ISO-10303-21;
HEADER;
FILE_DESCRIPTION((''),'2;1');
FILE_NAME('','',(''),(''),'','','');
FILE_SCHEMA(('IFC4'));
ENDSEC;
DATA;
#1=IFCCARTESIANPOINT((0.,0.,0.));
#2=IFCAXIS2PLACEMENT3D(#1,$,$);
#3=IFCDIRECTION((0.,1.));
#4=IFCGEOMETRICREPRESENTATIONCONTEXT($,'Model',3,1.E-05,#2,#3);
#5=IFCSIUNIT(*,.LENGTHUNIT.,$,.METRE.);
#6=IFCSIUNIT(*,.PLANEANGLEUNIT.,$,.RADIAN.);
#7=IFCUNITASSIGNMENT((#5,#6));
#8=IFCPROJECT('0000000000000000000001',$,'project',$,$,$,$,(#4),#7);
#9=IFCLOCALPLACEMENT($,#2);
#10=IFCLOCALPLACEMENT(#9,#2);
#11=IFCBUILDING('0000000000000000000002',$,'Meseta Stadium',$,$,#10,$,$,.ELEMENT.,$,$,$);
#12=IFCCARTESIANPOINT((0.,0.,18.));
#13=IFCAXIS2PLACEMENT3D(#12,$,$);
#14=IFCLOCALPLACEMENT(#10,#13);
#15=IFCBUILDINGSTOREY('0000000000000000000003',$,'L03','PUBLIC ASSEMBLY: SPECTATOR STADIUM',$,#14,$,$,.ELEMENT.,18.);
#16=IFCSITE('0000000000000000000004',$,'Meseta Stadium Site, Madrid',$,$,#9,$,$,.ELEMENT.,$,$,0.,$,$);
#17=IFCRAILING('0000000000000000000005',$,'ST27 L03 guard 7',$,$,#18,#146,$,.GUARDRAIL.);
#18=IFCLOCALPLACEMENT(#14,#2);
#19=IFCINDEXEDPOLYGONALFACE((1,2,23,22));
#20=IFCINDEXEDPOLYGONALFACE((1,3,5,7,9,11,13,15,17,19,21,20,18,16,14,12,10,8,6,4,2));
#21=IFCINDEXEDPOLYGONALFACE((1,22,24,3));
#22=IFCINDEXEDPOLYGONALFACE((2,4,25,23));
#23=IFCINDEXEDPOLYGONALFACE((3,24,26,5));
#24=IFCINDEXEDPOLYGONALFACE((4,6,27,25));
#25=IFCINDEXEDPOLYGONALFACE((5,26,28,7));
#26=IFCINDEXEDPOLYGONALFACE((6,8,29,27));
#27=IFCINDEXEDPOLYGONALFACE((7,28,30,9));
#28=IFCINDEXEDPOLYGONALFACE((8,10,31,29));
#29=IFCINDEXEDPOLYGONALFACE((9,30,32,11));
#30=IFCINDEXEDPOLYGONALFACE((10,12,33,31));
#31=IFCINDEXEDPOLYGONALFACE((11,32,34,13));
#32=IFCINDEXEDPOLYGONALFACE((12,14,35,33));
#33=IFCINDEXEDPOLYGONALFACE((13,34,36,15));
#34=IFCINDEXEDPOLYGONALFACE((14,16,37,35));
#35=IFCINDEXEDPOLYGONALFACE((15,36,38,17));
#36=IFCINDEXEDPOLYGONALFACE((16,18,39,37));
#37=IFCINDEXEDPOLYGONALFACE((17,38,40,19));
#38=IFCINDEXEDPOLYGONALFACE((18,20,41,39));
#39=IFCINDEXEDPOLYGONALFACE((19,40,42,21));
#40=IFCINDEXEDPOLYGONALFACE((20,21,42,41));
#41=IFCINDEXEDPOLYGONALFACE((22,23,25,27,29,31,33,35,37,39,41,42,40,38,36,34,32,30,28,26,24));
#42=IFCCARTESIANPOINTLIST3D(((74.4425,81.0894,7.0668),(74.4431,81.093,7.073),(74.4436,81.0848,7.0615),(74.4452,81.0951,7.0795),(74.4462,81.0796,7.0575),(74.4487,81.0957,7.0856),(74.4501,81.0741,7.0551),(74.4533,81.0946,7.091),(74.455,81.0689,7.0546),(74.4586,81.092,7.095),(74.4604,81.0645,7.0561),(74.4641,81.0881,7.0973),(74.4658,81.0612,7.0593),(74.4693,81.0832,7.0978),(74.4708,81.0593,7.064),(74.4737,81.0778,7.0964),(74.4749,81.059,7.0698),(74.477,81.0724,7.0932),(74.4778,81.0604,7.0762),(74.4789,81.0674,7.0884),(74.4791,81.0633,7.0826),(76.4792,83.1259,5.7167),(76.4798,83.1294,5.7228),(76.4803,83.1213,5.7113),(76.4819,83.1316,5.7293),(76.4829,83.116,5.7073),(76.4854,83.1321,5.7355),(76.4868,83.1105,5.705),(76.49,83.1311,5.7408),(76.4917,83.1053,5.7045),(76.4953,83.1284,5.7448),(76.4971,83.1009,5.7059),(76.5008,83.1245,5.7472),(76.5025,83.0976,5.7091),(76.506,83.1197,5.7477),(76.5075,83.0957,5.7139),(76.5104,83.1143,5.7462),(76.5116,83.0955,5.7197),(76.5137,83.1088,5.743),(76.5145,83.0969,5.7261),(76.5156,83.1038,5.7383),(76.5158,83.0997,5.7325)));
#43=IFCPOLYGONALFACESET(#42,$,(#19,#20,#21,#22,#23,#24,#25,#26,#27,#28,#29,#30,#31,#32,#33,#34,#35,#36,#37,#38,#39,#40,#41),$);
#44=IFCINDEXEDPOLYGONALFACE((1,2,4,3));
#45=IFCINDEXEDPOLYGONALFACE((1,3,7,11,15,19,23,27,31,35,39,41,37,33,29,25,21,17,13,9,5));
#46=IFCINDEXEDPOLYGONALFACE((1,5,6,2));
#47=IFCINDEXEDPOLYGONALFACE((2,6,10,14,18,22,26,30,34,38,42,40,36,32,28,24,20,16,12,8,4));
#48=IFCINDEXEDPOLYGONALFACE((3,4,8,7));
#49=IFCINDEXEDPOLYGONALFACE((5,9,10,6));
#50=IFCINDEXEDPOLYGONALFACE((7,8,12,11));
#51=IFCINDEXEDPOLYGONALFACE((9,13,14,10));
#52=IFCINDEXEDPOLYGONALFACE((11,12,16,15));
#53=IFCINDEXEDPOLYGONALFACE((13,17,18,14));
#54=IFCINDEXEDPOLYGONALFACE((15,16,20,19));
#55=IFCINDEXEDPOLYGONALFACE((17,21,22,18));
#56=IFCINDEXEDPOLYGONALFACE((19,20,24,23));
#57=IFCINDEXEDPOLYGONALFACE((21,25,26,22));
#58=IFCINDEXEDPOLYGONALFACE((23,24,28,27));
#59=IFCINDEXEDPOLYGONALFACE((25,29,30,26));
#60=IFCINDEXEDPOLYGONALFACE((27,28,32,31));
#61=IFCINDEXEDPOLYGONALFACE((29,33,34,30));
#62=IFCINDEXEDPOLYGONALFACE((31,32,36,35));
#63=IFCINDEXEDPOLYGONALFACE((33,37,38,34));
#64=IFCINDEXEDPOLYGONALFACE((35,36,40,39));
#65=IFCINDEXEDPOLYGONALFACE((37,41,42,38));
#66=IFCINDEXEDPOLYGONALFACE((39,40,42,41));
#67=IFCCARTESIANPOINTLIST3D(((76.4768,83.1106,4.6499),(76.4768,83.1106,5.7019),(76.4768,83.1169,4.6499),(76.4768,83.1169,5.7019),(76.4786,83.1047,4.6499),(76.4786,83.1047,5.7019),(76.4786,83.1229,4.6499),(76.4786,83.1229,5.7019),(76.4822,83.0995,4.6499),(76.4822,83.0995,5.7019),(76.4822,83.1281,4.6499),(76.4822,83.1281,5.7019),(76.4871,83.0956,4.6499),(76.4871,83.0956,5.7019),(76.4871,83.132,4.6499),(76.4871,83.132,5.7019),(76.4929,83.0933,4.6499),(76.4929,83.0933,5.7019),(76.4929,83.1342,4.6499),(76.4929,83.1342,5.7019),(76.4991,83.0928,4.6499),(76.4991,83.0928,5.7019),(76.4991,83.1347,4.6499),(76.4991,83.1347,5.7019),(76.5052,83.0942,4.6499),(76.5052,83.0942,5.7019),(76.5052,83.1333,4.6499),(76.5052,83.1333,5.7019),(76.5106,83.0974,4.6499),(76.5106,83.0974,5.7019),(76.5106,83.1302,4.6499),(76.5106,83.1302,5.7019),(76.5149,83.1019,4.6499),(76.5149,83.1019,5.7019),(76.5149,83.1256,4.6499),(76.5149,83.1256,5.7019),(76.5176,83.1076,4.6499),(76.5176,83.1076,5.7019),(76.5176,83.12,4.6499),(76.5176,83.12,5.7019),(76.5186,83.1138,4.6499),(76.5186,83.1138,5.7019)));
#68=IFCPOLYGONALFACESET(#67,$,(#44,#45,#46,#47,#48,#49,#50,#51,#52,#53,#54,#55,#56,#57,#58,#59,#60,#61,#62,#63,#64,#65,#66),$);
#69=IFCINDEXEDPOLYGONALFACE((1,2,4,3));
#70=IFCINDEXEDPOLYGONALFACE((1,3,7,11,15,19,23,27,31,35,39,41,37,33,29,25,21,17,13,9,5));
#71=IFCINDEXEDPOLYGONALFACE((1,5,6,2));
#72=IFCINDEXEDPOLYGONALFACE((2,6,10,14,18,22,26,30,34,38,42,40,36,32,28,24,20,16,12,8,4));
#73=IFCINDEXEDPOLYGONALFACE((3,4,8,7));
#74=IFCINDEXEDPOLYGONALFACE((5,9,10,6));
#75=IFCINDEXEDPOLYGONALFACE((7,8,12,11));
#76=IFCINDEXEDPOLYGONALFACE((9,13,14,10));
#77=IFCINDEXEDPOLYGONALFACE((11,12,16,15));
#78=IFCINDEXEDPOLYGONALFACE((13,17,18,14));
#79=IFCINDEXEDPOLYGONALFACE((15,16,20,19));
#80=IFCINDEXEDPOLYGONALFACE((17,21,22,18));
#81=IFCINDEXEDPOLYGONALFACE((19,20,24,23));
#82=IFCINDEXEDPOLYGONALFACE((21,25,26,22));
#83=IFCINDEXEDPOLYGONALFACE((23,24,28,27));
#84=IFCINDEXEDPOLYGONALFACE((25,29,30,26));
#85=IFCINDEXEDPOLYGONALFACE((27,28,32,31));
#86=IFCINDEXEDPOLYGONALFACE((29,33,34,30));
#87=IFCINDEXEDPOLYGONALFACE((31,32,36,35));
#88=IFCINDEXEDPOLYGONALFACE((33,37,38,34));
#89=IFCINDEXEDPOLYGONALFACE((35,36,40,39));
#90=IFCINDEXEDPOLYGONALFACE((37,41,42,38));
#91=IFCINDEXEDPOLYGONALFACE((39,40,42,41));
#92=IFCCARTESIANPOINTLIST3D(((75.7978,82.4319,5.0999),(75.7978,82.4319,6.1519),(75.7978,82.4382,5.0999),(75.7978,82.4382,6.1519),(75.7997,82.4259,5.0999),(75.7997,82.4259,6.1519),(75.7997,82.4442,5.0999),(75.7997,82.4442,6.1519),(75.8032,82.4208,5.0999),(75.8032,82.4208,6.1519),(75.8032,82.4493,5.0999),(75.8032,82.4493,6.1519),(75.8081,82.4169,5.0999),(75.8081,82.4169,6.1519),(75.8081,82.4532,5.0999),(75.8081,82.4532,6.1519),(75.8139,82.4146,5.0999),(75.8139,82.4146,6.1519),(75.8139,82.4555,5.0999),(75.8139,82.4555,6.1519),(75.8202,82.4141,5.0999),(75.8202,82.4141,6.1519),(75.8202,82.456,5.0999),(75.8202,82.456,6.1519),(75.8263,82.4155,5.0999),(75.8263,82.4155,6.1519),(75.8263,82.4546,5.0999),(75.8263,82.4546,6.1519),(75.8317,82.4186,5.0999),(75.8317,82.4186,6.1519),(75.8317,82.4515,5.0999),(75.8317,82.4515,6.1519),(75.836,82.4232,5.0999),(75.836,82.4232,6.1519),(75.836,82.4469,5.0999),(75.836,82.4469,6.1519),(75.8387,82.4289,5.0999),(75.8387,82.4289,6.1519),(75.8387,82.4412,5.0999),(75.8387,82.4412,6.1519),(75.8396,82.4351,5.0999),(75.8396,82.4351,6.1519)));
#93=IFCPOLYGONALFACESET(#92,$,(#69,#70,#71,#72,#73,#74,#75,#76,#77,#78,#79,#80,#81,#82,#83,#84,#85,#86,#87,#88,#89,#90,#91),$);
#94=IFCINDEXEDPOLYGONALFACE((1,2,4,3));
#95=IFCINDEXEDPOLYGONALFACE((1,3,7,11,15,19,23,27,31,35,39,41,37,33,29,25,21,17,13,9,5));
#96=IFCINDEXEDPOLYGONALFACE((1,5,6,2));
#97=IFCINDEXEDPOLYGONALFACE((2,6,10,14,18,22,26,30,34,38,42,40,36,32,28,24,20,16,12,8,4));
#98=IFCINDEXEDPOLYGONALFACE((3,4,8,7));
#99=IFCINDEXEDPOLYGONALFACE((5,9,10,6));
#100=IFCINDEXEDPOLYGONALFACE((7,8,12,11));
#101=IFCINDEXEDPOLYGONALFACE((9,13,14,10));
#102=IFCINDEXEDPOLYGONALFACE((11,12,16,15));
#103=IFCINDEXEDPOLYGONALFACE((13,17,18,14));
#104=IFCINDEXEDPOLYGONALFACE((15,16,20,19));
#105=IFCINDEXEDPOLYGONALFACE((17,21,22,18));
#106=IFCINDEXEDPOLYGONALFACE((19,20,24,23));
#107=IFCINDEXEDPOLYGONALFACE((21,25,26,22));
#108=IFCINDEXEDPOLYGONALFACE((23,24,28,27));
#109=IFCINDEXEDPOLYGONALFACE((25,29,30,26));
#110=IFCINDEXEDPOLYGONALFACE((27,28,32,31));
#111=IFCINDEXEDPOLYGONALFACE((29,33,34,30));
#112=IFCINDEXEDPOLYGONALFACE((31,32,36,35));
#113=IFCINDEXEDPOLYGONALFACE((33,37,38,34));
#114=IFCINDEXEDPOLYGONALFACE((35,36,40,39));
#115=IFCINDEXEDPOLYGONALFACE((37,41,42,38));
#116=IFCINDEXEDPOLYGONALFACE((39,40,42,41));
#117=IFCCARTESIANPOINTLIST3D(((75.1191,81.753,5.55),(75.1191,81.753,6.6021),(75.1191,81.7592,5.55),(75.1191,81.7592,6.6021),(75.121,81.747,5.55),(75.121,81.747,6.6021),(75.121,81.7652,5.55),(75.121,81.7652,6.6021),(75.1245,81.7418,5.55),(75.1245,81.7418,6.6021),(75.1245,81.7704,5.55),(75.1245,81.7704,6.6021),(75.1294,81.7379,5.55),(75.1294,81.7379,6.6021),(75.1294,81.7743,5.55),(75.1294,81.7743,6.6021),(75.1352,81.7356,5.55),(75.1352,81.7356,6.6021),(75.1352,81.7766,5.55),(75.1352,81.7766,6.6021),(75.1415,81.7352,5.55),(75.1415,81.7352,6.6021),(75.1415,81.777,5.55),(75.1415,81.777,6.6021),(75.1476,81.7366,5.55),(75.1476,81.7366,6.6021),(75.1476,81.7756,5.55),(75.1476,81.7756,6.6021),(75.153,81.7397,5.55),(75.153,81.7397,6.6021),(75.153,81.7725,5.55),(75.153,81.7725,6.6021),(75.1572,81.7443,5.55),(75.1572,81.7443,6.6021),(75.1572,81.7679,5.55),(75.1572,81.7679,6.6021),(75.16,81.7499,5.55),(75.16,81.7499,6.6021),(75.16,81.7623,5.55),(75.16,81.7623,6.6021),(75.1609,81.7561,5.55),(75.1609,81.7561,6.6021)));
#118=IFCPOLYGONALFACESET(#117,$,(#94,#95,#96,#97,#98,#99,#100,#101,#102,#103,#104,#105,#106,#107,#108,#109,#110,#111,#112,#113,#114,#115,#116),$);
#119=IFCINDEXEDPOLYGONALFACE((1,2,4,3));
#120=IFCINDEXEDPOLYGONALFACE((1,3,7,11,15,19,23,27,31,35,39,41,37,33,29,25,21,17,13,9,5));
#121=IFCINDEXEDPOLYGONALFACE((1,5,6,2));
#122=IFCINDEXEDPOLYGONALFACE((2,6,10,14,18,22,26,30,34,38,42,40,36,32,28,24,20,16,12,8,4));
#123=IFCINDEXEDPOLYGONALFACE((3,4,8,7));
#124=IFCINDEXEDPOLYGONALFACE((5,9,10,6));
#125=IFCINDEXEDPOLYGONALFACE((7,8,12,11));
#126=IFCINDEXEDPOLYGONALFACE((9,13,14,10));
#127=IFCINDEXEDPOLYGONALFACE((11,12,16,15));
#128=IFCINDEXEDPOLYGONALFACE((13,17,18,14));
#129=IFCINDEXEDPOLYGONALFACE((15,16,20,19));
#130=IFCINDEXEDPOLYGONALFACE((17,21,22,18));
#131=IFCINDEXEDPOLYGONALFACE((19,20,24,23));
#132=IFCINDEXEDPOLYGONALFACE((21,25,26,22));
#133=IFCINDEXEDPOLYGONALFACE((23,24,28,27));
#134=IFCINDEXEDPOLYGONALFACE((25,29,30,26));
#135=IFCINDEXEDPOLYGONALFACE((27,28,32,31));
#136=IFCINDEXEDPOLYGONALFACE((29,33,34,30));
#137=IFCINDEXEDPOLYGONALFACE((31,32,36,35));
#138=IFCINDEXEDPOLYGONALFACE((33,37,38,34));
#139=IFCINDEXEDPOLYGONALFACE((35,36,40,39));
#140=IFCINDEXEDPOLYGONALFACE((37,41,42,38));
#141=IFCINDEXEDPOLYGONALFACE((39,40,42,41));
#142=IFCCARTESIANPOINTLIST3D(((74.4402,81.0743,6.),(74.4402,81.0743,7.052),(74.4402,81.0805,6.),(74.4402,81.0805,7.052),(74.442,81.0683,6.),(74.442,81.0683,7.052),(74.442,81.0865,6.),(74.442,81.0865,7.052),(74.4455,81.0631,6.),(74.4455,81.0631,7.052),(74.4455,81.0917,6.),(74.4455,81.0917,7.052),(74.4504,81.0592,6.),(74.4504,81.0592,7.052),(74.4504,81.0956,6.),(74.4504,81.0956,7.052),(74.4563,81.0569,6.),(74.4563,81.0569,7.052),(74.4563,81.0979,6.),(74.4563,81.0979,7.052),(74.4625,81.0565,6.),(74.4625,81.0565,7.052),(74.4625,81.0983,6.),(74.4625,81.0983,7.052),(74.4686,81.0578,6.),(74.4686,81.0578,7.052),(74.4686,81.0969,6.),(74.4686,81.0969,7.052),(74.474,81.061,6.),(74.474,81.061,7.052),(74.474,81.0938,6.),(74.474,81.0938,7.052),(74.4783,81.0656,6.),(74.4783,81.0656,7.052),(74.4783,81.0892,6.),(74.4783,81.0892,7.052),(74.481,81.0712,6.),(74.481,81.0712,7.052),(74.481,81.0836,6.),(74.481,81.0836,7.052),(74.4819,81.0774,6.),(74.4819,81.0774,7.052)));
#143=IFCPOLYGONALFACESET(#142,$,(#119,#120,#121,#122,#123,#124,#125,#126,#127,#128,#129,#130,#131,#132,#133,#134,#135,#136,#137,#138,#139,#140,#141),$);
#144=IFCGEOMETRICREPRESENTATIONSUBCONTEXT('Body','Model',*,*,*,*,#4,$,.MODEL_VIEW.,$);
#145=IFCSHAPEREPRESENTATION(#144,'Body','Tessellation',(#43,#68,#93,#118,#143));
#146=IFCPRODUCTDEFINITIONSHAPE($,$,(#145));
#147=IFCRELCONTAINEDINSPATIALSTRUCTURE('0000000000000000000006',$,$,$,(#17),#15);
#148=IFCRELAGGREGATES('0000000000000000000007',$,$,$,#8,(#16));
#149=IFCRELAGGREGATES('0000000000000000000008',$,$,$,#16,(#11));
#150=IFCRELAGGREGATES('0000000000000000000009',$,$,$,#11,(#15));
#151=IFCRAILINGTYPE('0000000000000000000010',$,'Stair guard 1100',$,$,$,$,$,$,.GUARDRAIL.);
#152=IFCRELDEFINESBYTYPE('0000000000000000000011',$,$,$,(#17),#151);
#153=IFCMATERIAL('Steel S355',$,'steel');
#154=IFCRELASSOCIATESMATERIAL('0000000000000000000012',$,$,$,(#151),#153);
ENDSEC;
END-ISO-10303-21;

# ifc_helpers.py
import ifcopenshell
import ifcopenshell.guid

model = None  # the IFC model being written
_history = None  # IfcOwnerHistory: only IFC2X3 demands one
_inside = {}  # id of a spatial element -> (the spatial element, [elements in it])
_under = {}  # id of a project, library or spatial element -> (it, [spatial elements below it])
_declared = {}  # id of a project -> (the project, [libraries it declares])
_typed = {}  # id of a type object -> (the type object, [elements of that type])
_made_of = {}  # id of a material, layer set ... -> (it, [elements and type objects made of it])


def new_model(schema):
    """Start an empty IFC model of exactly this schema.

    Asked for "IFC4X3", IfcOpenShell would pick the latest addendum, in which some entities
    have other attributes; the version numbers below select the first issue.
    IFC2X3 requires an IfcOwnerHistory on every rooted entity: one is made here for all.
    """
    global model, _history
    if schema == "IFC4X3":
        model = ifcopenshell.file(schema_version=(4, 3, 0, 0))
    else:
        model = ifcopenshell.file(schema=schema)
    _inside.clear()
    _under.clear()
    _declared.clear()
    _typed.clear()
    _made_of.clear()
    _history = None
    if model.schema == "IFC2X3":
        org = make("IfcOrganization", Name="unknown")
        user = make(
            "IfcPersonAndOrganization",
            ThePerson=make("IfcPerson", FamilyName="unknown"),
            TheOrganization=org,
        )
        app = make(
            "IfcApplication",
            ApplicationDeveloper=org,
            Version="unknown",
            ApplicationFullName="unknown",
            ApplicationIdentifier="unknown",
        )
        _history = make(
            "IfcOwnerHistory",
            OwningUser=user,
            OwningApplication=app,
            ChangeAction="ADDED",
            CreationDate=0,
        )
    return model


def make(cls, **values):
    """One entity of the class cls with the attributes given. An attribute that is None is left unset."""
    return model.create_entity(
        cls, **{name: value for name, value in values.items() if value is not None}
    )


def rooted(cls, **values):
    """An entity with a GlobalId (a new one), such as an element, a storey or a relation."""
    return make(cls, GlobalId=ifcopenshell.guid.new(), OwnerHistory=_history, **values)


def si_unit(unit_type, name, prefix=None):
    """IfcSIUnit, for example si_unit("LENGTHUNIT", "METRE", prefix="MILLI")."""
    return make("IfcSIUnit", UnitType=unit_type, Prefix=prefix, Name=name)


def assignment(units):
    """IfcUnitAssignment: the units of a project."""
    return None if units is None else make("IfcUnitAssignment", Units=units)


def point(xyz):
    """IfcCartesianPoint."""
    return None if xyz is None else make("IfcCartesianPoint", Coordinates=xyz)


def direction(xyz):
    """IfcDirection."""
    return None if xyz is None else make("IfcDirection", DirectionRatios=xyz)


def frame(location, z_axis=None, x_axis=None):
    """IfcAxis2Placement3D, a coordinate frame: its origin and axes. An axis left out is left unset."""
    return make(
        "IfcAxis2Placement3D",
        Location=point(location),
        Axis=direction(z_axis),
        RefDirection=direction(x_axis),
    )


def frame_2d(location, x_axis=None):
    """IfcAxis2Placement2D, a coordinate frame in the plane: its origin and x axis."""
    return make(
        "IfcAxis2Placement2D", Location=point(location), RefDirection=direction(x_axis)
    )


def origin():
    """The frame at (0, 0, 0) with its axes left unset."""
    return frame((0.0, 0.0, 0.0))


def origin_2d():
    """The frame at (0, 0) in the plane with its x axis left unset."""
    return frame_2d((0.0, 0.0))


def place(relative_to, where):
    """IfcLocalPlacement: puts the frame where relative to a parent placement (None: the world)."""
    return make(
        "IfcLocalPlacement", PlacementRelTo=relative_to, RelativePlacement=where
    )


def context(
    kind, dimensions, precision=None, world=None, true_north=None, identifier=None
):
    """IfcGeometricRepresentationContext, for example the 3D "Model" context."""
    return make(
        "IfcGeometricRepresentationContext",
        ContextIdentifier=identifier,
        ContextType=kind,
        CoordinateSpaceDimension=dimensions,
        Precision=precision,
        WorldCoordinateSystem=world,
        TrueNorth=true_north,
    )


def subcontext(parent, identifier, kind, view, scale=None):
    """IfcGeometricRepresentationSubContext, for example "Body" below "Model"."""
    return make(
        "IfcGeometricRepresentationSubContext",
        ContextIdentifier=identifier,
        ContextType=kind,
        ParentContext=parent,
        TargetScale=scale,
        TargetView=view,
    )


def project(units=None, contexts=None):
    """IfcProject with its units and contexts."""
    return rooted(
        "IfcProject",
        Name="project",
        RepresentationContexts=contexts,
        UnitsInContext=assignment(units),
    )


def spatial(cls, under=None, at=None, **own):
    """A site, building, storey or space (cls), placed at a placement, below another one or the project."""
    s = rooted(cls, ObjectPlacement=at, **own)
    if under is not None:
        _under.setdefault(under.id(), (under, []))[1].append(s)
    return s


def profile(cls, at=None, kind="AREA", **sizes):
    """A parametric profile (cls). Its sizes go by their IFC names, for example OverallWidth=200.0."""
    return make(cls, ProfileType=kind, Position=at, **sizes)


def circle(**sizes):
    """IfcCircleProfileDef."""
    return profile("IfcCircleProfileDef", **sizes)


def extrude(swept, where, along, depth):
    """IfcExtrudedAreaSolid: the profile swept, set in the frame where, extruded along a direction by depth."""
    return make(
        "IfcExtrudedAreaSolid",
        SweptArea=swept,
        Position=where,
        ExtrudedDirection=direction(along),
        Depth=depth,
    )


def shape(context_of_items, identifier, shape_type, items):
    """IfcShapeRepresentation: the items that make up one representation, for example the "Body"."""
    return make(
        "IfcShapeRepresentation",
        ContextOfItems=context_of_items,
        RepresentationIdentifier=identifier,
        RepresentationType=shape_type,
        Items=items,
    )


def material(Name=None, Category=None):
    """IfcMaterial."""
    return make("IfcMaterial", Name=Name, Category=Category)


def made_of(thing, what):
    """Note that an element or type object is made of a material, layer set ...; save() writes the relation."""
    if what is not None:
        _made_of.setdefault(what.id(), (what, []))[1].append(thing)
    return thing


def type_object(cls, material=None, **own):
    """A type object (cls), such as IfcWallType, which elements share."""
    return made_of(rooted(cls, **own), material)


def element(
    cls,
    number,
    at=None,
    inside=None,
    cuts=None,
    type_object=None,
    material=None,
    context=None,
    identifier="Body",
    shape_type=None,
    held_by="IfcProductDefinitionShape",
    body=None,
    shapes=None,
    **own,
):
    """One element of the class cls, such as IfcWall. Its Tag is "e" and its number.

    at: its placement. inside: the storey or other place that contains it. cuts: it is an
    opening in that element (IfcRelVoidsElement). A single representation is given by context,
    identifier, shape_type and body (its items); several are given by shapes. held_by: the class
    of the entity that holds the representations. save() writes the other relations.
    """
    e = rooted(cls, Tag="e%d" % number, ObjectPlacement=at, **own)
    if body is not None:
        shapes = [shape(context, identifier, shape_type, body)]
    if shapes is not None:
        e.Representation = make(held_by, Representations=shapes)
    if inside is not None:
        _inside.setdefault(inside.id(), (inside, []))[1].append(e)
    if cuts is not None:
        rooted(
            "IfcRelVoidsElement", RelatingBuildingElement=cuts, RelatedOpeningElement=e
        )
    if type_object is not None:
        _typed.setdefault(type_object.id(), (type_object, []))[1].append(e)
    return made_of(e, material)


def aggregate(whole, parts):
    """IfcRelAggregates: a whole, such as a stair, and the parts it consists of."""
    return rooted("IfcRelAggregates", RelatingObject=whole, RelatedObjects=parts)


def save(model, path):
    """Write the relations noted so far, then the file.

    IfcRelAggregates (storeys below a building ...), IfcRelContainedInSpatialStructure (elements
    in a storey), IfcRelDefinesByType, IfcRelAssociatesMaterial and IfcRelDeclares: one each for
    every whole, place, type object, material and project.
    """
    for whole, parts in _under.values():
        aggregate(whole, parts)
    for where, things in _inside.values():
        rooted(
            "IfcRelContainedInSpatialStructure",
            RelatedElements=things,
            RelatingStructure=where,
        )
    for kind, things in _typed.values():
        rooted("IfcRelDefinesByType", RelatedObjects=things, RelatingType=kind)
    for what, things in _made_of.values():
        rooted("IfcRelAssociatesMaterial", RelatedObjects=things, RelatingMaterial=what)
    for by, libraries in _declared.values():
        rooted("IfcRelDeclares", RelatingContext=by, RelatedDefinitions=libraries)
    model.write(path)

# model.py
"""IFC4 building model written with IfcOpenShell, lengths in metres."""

from ifc_helpers import new_model, si_unit, direction, frame, origin, origin_2d, place, context, subcontext, project, spatial, circle, extrude, material, type_object, element, save


model = new_model("IFC4")

# Units and contexts
model_context = context("Model", 3, precision=1e-05, world=origin(), true_north=direction((0.0, 1.0)))
body_context = subcontext(model_context, "Body", "Model", "MODEL_VIEW")
ifc_project = project(units=[si_unit("LENGTHUNIT", "METRE"), si_unit("PLANEANGLEUNIT", "RADIAN")], contexts=[model_context])

# Site, building, storey
site_placement = place(None, origin())
site = spatial("IfcSite", under=ifc_project, at=site_placement, Name="Meseta Stadium Site, Madrid", CompositionType="ELEMENT", RefElevation=0.0)
building_placement = place(site_placement, origin())
building = spatial("IfcBuilding", under=site, at=building_placement, Name="Meseta Stadium", CompositionType="ELEMENT")
storey_placement = place(building_placement, frame((0.0, 0.0, 18.0)))
storey = spatial("IfcBuildingStorey", under=building, at=storey_placement, Name="L03", Description="PUBLIC ASSEMBLY: SPECTATOR STADIUM", CompositionType="ELEMENT", Elevation=18.0)

# Railing
ifc_material_1 = material(Name="Steel S355", Category="steel")
railing_type_1 = type_object("IfcRailingType", Name="Stair guard 1100", PredefinedType="GUARDRAIL", material=ifc_material_1)
railing_1_placement = place(storey_placement, frame((76.4976, 83.1138, 4.6499)))
element("IfcRailing", 1, at=railing_1_placement, inside=storey, type_object=railing_type_1, Name="ST27 L03 guard 7", PredefinedType="GUARDRAIL", context=body_context, shape_type="SweptSolid", body=[
    extrude(circle(Radius=0.0239, at=origin_2d()), frame((0.0, 0.0, 1.0762), z_axis=(-0.640288, -0.640211, 0.424454), x_axis=(0.707064, -0.707149, 0.0)), (0.0, 0.0, 1.0), 3.1809),
    extrude(circle(Radius=0.021, at=origin_2d()), origin(), (0.0, 0.0, 1.0), 1.052),
    extrude(circle(Radius=0.021, at=origin_2d()), frame((-0.679, -0.6787, 0.45)), (0.0, 0.0, 1.0), 1.052),
    extrude(circle(Radius=0.021, at=origin_2d()), frame((-1.3577, -1.3577, 0.9001)), (0.0, 0.0, 1.0), 1.052),
    extrude(circle(Radius=0.021, at=origin_2d()), frame((-2.0366, -2.0364, 1.3501)), (0.0, 0.0, 1.0), 1.052),
])

save(model, "model.ifc")
